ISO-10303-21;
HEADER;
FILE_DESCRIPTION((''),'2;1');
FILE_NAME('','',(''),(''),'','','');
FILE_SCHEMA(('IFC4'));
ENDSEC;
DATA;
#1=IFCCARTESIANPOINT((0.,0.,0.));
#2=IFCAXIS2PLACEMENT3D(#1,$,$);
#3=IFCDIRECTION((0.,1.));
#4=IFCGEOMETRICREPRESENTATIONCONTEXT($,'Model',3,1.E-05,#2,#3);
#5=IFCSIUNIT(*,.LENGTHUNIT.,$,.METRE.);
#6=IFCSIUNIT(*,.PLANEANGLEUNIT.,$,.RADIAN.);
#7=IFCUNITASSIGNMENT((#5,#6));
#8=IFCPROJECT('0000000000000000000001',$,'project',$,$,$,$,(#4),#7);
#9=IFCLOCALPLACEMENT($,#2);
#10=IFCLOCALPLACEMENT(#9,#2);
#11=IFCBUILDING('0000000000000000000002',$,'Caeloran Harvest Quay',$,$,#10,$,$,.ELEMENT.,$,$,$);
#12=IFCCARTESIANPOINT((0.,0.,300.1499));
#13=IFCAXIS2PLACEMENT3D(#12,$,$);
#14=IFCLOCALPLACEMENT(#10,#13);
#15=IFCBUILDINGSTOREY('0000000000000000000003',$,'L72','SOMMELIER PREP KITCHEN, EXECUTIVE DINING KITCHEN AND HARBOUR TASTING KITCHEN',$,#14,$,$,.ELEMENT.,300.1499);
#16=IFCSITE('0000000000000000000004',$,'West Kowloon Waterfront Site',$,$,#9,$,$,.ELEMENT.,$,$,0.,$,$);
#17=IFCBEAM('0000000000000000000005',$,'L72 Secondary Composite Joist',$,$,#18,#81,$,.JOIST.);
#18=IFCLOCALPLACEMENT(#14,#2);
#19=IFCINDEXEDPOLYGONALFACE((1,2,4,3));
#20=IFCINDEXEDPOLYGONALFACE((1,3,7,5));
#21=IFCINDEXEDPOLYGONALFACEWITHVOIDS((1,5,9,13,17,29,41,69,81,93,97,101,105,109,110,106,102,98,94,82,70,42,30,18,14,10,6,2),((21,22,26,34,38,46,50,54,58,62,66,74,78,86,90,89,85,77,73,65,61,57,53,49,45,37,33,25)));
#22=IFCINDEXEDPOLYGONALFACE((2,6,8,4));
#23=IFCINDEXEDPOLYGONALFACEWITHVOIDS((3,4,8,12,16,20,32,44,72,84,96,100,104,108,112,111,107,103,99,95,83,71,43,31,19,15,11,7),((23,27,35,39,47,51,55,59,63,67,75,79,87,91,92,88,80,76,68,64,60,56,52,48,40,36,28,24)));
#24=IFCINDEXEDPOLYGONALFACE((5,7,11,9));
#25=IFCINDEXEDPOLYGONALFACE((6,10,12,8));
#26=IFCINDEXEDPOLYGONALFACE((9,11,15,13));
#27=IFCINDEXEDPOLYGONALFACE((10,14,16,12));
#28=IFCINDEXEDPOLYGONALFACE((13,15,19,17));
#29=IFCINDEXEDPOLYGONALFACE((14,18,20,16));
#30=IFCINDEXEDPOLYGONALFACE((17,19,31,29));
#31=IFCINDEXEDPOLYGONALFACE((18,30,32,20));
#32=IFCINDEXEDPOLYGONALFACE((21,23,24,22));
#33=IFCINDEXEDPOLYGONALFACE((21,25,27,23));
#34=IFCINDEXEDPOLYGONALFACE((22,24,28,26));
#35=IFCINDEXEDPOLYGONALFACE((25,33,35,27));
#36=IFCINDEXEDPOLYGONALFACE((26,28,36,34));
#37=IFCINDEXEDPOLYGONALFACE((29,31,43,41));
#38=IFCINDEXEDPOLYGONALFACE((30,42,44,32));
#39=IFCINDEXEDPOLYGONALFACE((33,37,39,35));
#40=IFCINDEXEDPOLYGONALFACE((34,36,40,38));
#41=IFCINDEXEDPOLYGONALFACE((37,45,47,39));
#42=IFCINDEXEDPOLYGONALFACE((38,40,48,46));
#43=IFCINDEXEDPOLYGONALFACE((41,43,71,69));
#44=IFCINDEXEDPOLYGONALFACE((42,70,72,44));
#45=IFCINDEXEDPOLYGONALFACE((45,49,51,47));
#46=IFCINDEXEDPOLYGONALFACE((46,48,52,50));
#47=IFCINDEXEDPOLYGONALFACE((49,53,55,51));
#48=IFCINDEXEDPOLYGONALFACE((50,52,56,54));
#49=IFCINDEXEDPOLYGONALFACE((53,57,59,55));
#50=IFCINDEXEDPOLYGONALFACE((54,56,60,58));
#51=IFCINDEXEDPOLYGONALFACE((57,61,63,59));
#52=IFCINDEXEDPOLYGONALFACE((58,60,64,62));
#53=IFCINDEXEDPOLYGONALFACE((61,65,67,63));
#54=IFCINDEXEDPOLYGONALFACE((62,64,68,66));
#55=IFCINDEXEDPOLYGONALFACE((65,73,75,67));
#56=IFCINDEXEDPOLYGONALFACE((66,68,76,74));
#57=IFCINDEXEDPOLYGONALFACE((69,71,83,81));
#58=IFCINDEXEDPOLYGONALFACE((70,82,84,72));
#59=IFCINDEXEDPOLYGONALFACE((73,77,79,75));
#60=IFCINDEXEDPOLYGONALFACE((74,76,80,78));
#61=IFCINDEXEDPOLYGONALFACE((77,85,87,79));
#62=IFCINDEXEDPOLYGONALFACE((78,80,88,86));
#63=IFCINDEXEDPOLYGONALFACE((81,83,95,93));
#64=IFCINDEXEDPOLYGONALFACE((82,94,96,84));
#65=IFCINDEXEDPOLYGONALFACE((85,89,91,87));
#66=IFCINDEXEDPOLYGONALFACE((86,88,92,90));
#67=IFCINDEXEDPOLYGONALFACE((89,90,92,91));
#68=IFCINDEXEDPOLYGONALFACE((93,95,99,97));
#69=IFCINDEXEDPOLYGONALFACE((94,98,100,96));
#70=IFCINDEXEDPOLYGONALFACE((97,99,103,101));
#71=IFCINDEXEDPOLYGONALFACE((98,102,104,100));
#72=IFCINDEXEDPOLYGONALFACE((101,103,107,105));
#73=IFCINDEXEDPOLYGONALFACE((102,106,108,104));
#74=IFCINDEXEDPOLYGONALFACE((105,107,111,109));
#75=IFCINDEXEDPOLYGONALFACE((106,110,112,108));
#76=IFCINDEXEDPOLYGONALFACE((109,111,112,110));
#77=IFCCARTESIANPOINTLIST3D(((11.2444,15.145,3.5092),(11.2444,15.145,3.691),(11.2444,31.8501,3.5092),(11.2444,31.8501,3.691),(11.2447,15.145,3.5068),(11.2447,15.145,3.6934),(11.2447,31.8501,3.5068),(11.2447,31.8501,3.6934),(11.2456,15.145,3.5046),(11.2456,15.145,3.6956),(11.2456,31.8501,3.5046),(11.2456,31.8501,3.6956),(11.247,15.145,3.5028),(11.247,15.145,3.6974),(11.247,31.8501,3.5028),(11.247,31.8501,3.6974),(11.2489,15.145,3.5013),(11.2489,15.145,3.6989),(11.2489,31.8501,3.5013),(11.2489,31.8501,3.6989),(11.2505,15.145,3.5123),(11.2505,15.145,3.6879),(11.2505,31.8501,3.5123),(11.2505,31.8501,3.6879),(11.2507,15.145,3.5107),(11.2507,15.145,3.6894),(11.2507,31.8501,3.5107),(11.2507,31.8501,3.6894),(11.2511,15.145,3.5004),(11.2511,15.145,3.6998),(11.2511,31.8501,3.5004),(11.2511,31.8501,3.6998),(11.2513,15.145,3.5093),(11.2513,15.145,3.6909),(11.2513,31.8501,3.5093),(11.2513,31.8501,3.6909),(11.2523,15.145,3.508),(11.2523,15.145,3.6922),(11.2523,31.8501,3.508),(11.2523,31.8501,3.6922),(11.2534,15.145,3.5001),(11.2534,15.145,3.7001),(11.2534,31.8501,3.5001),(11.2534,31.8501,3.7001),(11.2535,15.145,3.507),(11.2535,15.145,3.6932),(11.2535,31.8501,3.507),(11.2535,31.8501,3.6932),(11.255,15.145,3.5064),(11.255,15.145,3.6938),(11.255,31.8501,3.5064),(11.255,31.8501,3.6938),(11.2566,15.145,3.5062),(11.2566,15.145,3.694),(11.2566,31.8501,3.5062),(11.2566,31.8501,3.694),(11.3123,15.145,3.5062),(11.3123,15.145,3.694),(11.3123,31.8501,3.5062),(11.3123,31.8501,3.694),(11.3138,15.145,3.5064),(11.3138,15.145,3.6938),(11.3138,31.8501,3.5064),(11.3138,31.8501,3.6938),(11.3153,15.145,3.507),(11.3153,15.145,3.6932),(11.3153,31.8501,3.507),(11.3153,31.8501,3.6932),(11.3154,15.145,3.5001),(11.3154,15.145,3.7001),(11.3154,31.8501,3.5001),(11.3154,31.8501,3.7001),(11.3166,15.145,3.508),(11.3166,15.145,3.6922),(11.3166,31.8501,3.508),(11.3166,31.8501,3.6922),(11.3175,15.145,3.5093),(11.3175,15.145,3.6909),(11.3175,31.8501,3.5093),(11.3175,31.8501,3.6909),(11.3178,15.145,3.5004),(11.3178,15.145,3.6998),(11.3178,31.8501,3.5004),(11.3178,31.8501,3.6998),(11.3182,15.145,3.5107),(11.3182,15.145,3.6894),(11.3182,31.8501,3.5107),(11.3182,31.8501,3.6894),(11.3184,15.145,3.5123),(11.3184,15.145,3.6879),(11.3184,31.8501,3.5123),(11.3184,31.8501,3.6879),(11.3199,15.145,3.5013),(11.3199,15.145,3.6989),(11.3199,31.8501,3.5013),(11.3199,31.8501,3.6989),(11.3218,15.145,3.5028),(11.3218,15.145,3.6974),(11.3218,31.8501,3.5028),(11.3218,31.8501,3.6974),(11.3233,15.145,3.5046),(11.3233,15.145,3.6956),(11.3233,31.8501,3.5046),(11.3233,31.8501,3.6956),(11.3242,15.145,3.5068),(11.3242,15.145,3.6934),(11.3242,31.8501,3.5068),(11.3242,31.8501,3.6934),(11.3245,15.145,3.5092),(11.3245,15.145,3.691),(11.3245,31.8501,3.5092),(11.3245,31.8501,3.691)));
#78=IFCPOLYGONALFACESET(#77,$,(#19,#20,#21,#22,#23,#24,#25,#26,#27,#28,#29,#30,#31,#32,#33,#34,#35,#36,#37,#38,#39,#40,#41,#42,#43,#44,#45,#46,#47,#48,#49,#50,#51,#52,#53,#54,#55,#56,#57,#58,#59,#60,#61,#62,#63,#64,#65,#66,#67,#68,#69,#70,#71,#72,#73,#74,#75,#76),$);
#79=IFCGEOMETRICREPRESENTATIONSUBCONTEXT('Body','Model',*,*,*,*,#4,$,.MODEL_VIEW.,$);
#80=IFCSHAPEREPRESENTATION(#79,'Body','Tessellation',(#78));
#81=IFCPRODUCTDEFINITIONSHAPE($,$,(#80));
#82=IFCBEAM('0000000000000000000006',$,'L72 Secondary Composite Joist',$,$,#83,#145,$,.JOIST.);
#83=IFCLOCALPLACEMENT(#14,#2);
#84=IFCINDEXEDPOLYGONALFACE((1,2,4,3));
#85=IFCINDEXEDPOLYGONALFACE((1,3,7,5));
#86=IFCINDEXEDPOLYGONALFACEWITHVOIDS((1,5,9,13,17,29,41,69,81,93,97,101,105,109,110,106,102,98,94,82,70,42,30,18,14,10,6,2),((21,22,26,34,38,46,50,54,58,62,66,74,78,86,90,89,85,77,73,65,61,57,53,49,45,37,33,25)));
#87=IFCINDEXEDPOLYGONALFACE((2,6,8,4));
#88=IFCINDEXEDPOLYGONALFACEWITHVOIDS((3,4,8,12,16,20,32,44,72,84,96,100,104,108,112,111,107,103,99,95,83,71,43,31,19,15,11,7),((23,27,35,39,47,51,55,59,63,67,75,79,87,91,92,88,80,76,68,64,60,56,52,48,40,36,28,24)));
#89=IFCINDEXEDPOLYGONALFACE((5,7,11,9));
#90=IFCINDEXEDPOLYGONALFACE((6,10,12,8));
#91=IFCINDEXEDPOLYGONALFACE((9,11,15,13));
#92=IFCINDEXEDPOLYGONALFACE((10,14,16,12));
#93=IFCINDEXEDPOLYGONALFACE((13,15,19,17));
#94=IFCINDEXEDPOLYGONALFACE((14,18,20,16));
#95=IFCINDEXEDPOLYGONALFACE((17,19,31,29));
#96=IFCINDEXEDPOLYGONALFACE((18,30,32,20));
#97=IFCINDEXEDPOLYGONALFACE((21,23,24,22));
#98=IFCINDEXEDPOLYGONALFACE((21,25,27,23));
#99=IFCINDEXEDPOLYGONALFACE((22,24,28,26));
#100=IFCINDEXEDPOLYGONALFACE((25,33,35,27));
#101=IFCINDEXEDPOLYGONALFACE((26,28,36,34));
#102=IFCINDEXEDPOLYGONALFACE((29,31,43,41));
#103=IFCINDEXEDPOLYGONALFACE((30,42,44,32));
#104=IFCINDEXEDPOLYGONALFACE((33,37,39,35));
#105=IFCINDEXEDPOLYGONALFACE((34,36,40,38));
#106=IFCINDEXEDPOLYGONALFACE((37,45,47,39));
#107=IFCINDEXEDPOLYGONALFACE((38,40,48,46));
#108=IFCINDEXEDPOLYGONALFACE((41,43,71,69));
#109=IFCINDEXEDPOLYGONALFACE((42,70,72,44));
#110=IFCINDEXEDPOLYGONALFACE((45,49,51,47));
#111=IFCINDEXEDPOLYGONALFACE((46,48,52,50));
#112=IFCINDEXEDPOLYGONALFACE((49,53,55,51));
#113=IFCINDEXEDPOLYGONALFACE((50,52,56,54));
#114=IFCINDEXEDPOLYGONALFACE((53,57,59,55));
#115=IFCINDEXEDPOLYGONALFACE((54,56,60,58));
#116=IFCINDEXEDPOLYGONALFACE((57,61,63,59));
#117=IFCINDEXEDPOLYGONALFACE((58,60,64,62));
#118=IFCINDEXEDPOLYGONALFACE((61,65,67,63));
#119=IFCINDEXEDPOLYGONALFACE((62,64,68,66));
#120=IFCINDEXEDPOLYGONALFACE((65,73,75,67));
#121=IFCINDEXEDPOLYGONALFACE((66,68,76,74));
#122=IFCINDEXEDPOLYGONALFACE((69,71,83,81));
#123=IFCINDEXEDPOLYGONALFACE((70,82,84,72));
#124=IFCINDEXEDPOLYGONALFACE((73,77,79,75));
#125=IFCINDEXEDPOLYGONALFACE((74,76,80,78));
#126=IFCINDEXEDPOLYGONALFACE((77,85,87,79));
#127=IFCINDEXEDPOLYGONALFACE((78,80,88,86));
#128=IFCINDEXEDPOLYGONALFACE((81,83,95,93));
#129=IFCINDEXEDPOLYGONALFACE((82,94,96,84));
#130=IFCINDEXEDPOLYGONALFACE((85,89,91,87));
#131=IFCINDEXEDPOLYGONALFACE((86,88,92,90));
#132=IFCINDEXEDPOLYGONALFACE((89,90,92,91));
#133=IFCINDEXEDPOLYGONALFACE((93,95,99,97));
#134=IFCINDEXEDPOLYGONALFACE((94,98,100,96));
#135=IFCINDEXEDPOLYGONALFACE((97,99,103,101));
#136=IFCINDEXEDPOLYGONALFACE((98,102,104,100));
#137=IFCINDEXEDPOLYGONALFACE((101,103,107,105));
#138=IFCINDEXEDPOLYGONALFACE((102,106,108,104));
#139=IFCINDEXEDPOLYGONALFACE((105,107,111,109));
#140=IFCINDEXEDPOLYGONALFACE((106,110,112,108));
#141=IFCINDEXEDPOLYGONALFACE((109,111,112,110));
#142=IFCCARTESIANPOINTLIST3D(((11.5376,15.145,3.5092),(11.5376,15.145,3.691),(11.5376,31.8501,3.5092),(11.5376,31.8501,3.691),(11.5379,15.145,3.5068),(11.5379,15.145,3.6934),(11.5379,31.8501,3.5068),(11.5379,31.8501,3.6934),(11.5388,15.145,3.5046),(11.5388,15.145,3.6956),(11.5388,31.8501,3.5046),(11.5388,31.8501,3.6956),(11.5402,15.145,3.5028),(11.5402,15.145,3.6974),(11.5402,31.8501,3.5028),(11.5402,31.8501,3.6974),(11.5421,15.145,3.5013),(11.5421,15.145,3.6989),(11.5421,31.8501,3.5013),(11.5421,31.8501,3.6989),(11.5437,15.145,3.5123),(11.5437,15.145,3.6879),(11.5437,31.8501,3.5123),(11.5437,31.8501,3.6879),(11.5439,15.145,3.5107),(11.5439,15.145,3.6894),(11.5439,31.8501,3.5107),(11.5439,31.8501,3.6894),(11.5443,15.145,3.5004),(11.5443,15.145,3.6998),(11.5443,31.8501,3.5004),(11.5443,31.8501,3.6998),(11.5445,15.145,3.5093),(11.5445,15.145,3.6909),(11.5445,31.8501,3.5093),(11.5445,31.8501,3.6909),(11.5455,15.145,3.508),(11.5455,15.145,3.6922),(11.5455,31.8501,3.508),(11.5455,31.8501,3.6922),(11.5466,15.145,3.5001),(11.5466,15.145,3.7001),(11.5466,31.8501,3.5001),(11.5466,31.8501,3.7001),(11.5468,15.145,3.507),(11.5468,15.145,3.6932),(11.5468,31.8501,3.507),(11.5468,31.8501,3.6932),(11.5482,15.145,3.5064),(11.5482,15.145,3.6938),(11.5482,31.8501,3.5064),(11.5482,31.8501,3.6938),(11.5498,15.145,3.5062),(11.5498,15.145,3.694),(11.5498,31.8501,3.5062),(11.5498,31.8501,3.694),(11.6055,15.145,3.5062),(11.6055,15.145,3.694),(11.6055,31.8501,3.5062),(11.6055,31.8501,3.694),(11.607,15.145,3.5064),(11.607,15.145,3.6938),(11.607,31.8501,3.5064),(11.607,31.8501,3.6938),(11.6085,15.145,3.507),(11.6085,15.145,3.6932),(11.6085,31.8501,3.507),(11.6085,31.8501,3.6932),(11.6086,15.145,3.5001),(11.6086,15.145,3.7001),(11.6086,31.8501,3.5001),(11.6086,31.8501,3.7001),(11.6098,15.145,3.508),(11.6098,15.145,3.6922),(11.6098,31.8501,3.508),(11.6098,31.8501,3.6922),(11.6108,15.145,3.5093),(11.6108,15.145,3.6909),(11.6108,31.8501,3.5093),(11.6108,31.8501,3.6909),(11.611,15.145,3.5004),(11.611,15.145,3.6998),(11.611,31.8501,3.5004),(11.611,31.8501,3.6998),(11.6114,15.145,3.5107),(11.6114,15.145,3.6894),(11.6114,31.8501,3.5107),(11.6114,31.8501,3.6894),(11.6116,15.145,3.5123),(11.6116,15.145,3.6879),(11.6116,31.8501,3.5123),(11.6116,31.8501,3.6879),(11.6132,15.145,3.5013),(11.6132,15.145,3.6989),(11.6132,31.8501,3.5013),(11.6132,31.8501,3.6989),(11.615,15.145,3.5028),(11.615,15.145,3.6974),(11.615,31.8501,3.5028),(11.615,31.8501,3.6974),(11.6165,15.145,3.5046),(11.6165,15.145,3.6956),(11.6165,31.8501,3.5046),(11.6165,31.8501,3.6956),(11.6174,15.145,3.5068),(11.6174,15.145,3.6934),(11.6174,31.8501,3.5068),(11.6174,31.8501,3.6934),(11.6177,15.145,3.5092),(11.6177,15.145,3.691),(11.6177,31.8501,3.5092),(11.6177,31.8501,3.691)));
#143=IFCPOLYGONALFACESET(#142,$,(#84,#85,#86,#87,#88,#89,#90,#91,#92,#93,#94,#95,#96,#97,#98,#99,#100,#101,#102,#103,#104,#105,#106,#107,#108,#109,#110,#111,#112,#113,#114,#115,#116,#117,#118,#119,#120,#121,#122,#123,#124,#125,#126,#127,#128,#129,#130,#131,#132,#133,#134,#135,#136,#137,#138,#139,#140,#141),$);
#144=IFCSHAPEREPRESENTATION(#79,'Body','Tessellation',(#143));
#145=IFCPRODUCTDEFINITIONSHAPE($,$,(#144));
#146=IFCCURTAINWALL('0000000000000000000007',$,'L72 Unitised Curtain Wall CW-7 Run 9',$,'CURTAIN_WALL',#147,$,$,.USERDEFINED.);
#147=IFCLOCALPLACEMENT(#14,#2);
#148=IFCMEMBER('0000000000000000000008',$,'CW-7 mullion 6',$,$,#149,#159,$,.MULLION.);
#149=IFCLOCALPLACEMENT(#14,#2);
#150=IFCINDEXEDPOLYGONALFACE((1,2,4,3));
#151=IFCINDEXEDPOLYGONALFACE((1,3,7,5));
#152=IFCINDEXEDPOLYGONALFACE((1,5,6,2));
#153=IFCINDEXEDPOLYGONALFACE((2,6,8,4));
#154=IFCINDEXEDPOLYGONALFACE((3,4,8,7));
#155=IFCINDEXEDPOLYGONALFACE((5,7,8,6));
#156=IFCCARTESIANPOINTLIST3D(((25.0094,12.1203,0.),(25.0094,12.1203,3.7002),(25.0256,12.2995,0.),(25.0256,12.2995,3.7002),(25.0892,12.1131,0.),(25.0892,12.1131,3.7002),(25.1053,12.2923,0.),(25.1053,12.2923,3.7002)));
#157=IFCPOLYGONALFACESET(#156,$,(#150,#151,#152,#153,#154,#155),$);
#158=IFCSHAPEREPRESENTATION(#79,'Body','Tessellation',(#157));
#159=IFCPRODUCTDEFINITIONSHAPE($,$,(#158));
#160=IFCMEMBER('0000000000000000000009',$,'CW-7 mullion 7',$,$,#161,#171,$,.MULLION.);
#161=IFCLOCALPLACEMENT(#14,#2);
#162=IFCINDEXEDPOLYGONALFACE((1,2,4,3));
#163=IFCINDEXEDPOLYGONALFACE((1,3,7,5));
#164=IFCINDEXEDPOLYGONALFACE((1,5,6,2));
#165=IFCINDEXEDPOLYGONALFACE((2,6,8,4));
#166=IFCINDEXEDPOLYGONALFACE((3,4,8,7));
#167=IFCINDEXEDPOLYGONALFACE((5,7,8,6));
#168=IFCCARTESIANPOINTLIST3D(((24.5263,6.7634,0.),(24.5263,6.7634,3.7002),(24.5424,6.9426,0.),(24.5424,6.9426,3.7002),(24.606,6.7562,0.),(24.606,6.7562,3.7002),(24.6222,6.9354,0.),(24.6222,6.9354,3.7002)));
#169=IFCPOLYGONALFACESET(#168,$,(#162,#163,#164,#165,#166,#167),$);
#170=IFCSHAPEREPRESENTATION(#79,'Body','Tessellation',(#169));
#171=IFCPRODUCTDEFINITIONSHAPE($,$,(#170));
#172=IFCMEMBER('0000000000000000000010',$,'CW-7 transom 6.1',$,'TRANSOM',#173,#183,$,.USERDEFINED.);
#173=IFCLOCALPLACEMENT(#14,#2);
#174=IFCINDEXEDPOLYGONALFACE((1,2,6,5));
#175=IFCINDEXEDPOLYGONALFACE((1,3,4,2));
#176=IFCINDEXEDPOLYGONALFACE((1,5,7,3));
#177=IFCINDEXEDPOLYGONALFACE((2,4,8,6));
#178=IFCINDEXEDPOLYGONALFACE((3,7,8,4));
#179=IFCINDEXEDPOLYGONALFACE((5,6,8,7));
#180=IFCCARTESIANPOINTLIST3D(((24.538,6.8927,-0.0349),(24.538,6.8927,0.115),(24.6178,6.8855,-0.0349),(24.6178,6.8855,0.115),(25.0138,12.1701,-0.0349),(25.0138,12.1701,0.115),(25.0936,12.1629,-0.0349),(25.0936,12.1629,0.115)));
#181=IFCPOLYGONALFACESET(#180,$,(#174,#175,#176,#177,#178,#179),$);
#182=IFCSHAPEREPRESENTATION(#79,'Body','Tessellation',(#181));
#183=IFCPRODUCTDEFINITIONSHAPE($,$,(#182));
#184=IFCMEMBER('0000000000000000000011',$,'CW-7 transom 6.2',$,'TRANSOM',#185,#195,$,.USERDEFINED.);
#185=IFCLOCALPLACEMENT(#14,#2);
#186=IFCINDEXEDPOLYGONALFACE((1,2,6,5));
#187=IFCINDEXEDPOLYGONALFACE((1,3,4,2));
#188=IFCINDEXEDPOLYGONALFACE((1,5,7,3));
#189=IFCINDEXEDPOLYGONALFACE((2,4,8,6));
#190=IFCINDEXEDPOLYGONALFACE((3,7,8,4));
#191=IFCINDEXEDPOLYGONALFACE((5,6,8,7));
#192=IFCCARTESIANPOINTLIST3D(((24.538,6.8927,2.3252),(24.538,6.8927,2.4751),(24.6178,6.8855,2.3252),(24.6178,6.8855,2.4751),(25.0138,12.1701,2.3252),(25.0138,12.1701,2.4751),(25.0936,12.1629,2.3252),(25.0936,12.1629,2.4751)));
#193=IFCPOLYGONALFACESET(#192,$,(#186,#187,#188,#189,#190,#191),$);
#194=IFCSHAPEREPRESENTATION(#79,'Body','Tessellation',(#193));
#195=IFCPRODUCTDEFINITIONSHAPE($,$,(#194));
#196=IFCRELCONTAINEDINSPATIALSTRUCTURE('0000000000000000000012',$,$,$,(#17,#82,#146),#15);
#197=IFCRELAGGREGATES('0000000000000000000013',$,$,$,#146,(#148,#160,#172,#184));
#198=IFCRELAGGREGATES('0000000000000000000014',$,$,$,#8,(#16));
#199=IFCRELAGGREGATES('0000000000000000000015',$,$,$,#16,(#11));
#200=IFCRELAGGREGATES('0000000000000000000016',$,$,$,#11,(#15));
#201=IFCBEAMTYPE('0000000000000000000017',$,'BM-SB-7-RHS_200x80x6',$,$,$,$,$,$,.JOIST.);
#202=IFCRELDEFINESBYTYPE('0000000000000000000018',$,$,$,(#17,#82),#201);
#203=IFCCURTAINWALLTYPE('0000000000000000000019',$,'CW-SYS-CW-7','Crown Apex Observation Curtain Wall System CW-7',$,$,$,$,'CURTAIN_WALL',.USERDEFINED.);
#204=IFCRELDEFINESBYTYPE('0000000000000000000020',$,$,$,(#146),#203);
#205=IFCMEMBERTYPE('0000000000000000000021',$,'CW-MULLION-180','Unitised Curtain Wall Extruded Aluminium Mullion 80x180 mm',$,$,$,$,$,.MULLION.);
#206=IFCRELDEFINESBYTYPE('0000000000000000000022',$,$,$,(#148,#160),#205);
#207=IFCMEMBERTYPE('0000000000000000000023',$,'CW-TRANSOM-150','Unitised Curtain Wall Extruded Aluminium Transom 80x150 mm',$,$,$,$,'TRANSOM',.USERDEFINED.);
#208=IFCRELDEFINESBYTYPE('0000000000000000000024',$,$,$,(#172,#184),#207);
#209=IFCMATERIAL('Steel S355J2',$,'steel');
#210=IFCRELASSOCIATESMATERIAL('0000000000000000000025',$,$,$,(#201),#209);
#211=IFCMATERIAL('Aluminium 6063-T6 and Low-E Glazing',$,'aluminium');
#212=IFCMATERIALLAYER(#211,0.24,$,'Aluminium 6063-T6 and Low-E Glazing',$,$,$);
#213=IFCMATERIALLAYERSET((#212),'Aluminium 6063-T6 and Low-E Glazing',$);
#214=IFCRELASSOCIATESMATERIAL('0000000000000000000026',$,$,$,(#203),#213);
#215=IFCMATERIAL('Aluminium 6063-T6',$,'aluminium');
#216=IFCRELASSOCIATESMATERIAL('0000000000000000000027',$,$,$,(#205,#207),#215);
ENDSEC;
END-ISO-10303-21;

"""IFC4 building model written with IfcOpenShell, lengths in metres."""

from ifc_helpers import new_model, si_unit, direction, frame, origin, origin_2d, place, context, subcontext, project, spatial, rectangle, hollow_rectangle, extrude, material, layer, layer_set, material_profile, profile_set, type_object, element, aggregate, save


model = new_model("IFC4")

# Units and contexts
model_context = context("Model", 3, precision=1e-05, world=origin(), true_north=direction((0.0, 1.0)))
body_context = subcontext(model_context, "Body", "Model", "MODEL_VIEW")
ifc_project = project(units=[si_unit("LENGTHUNIT", "METRE"), si_unit("PLANEANGLEUNIT", "RADIAN")], contexts=[model_context])

# Site, building, storey
site_placement = place(None, origin())
site = spatial("IfcSite", under=ifc_project, at=site_placement, Name="West Kowloon Waterfront Site", CompositionType="ELEMENT", RefElevation=0.0)
building_placement = place(site_placement, origin())
building = spatial("IfcBuilding", under=site, at=building_placement, Name="Caeloran Harvest Quay", CompositionType="ELEMENT")
storey_placement = place(building_placement, frame((0.0, 0.0, 300.1499)))
storey = spatial("IfcBuildingStorey", under=building, at=storey_placement, Name="L72", Description="SOMMELIER PREP KITCHEN, EXECUTIVE DINING KITCHEN AND HARBOUR TASTING KITCHEN", CompositionType="ELEMENT", Elevation=300.1499)

# Beams
ifc_material_1 = material(Name="Steel S355J2", Category="steel")
ifc_material_profile_1 = material_profile(ifc_material_1, hollow_rectangle(XDim=0.0801, YDim=0.2, WallThickness=0.0061, InnerFilletRadius=0.0061, OuterFilletRadius=0.009, at=origin_2d()), Name="RHS 200x80x6")
ifc_profile_set_1 = profile_set([ifc_material_profile_1], Name="Steel S355J2")
beam_type_1 = type_object("IfcBeamType", Name="BM-SB-7-RHS_200x80x6", PredefinedType="JOIST", material=ifc_profile_set_1)
for number, where, z_axis, x_axis, name in (
    (1, (11.2844, 15.145, 3.6001), (0.0, 1.0, 0.0), (-1.0, 0.0, 0.0), "L72 Secondary Composite Joist"),
    (2, (11.5776, 15.145, 3.6001), (0.0, 1.0, 0.0), (-1.0, 0.0, 0.0), "L72 Secondary Composite Joist"),
):
    element("IfcBeam", number, at=place(storey_placement, frame(where, z_axis=z_axis, x_axis=x_axis)), inside=storey, type_object=beam_type_1, Name=name, PredefinedType="JOIST", context=body_context, shape_type="SweptSolid", body=[
        extrude(hollow_rectangle(XDim=0.0801, YDim=0.2, WallThickness=0.0061, InnerFilletRadius=0.0061, OuterFilletRadius=0.009, at=origin_2d()), origin(), (0.0, 0.0, 1.0), 16.7051),
    ])

# Curtain wall, members
ifc_material_2 = material(Name="Aluminium 6063-T6 and Low-E Glazing", Category="aluminium")
ifc_layer_1 = layer(ifc_material_2, 0.24, Name="Aluminium 6063-T6 and Low-E Glazing")
ifc_layer_set_1 = layer_set([ifc_layer_1], Name="Aluminium 6063-T6 and Low-E Glazing")
curtain_wall_type = type_object("IfcCurtainWallType", Name="CW-SYS-CW-7", Description="Crown Apex Observation Curtain Wall System CW-7", ElementType="CURTAIN_WALL", PredefinedType="USERDEFINED", material=ifc_layer_set_1)
curtain_wall_placement = place(storey_placement, origin())
curtain_wall = element("IfcCurtainWall", 3, at=curtain_wall_placement, inside=storey, type_object=curtain_wall_type, Name="L72 Unitised Curtain Wall CW-7 Run 9", ObjectType="CURTAIN_WALL", PredefinedType="USERDEFINED")
ifc_material_3 = material(Name="Aluminium 6063-T6", Category="aluminium")
ifc_material_profile_2 = material_profile(ifc_material_3, rectangle(XDim=0.0801, YDim=0.1799, at=origin_2d()), Name="CW-MULLION-180")
ifc_profile_set_2 = profile_set([ifc_material_profile_2], Name="Aluminium 6063-T6")
member_type_1 = type_object("IfcMemberType", Name="CW-MULLION-180", Description="Unitised Curtain Wall Extruded Aluminium Mullion 80x180 mm", PredefinedType="MULLION", material=ifc_profile_set_2)
member_1_placement = place(storey_placement, frame((25.0574, 12.2063, 0.0), z_axis=(0.0, 0.0, 1.0), x_axis=(0.995958, -0.089821, 0.0)))
member_1 = element("IfcMember", 4, at=member_1_placement, type_object=member_type_1, Name="CW-7 mullion 6", PredefinedType="MULLION", context=body_context, shape_type="SweptSolid", body=[
    extrude(rectangle(XDim=0.0801, YDim=0.1799, at=origin_2d()), origin(), (0.0, 0.0, 1.0), 3.7002),
])
member_2_placement = place(storey_placement, frame((24.5742, 6.8494, 0.0), z_axis=(0.0, 0.0, 1.0), x_axis=(0.995958, -0.089821, 0.0)))
member_2 = element("IfcMember", 5, at=member_2_placement, type_object=member_type_1, Name="CW-7 mullion 7", PredefinedType="MULLION", context=body_context, shape_type="SweptSolid", body=[
    extrude(rectangle(XDim=0.0801, YDim=0.1799, at=origin_2d()), origin(), (0.0, 0.0, 1.0), 3.7002),
])
ifc_material_profile_3 = material_profile(ifc_material_3, rectangle(XDim=0.0801, YDim=0.1499, at=origin_2d()), Name="CW-TRANSOM-150")
ifc_profile_set_3 = profile_set([ifc_material_profile_3], Name="Aluminium 6063-T6")
member_type_2 = type_object("IfcMemberType", Name="CW-TRANSOM-150", Description="Unitised Curtain Wall Extruded Aluminium Transom 80x150 mm", ElementType="TRANSOM", PredefinedType="USERDEFINED", material=ifc_profile_set_3)
member_3_placement = place(storey_placement, frame((25.0537, 12.1665, 0.04), z_axis=(-0.0898, -0.99596, 0.0), x_axis=(0.99596, -0.0898, 0.0)))
member_3 = element("IfcMember", 6, at=member_3_placement, type_object=member_type_2, Name="CW-7 transom 6.1", ObjectType="TRANSOM", PredefinedType="USERDEFINED", context=body_context, shape_type="SweptSolid", body=[
    extrude(rectangle(XDim=0.0801, YDim=0.1499, at=origin_2d()), origin(), (0.0, 0.0, 1.0), 5.2988),
])
member_4_placement = place(storey_placement, frame((25.0537, 12.1665, 2.4001), z_axis=(-0.0898, -0.99596, 0.0), x_axis=(0.99596, -0.0898, 0.0)))
member_4 = element("IfcMember", 7, at=member_4_placement, type_object=member_type_2, Name="CW-7 transom 6.2", ObjectType="TRANSOM", PredefinedType="USERDEFINED", context=body_context, shape_type="SweptSolid", body=[
    extrude(rectangle(XDim=0.0801, YDim=0.1499, at=origin_2d()), origin(), (0.0, 0.0, 1.0), 5.2988),
])
aggregate(curtain_wall, [member_1, member_2, member_3, member_4])

save(model, "model.ifc")
